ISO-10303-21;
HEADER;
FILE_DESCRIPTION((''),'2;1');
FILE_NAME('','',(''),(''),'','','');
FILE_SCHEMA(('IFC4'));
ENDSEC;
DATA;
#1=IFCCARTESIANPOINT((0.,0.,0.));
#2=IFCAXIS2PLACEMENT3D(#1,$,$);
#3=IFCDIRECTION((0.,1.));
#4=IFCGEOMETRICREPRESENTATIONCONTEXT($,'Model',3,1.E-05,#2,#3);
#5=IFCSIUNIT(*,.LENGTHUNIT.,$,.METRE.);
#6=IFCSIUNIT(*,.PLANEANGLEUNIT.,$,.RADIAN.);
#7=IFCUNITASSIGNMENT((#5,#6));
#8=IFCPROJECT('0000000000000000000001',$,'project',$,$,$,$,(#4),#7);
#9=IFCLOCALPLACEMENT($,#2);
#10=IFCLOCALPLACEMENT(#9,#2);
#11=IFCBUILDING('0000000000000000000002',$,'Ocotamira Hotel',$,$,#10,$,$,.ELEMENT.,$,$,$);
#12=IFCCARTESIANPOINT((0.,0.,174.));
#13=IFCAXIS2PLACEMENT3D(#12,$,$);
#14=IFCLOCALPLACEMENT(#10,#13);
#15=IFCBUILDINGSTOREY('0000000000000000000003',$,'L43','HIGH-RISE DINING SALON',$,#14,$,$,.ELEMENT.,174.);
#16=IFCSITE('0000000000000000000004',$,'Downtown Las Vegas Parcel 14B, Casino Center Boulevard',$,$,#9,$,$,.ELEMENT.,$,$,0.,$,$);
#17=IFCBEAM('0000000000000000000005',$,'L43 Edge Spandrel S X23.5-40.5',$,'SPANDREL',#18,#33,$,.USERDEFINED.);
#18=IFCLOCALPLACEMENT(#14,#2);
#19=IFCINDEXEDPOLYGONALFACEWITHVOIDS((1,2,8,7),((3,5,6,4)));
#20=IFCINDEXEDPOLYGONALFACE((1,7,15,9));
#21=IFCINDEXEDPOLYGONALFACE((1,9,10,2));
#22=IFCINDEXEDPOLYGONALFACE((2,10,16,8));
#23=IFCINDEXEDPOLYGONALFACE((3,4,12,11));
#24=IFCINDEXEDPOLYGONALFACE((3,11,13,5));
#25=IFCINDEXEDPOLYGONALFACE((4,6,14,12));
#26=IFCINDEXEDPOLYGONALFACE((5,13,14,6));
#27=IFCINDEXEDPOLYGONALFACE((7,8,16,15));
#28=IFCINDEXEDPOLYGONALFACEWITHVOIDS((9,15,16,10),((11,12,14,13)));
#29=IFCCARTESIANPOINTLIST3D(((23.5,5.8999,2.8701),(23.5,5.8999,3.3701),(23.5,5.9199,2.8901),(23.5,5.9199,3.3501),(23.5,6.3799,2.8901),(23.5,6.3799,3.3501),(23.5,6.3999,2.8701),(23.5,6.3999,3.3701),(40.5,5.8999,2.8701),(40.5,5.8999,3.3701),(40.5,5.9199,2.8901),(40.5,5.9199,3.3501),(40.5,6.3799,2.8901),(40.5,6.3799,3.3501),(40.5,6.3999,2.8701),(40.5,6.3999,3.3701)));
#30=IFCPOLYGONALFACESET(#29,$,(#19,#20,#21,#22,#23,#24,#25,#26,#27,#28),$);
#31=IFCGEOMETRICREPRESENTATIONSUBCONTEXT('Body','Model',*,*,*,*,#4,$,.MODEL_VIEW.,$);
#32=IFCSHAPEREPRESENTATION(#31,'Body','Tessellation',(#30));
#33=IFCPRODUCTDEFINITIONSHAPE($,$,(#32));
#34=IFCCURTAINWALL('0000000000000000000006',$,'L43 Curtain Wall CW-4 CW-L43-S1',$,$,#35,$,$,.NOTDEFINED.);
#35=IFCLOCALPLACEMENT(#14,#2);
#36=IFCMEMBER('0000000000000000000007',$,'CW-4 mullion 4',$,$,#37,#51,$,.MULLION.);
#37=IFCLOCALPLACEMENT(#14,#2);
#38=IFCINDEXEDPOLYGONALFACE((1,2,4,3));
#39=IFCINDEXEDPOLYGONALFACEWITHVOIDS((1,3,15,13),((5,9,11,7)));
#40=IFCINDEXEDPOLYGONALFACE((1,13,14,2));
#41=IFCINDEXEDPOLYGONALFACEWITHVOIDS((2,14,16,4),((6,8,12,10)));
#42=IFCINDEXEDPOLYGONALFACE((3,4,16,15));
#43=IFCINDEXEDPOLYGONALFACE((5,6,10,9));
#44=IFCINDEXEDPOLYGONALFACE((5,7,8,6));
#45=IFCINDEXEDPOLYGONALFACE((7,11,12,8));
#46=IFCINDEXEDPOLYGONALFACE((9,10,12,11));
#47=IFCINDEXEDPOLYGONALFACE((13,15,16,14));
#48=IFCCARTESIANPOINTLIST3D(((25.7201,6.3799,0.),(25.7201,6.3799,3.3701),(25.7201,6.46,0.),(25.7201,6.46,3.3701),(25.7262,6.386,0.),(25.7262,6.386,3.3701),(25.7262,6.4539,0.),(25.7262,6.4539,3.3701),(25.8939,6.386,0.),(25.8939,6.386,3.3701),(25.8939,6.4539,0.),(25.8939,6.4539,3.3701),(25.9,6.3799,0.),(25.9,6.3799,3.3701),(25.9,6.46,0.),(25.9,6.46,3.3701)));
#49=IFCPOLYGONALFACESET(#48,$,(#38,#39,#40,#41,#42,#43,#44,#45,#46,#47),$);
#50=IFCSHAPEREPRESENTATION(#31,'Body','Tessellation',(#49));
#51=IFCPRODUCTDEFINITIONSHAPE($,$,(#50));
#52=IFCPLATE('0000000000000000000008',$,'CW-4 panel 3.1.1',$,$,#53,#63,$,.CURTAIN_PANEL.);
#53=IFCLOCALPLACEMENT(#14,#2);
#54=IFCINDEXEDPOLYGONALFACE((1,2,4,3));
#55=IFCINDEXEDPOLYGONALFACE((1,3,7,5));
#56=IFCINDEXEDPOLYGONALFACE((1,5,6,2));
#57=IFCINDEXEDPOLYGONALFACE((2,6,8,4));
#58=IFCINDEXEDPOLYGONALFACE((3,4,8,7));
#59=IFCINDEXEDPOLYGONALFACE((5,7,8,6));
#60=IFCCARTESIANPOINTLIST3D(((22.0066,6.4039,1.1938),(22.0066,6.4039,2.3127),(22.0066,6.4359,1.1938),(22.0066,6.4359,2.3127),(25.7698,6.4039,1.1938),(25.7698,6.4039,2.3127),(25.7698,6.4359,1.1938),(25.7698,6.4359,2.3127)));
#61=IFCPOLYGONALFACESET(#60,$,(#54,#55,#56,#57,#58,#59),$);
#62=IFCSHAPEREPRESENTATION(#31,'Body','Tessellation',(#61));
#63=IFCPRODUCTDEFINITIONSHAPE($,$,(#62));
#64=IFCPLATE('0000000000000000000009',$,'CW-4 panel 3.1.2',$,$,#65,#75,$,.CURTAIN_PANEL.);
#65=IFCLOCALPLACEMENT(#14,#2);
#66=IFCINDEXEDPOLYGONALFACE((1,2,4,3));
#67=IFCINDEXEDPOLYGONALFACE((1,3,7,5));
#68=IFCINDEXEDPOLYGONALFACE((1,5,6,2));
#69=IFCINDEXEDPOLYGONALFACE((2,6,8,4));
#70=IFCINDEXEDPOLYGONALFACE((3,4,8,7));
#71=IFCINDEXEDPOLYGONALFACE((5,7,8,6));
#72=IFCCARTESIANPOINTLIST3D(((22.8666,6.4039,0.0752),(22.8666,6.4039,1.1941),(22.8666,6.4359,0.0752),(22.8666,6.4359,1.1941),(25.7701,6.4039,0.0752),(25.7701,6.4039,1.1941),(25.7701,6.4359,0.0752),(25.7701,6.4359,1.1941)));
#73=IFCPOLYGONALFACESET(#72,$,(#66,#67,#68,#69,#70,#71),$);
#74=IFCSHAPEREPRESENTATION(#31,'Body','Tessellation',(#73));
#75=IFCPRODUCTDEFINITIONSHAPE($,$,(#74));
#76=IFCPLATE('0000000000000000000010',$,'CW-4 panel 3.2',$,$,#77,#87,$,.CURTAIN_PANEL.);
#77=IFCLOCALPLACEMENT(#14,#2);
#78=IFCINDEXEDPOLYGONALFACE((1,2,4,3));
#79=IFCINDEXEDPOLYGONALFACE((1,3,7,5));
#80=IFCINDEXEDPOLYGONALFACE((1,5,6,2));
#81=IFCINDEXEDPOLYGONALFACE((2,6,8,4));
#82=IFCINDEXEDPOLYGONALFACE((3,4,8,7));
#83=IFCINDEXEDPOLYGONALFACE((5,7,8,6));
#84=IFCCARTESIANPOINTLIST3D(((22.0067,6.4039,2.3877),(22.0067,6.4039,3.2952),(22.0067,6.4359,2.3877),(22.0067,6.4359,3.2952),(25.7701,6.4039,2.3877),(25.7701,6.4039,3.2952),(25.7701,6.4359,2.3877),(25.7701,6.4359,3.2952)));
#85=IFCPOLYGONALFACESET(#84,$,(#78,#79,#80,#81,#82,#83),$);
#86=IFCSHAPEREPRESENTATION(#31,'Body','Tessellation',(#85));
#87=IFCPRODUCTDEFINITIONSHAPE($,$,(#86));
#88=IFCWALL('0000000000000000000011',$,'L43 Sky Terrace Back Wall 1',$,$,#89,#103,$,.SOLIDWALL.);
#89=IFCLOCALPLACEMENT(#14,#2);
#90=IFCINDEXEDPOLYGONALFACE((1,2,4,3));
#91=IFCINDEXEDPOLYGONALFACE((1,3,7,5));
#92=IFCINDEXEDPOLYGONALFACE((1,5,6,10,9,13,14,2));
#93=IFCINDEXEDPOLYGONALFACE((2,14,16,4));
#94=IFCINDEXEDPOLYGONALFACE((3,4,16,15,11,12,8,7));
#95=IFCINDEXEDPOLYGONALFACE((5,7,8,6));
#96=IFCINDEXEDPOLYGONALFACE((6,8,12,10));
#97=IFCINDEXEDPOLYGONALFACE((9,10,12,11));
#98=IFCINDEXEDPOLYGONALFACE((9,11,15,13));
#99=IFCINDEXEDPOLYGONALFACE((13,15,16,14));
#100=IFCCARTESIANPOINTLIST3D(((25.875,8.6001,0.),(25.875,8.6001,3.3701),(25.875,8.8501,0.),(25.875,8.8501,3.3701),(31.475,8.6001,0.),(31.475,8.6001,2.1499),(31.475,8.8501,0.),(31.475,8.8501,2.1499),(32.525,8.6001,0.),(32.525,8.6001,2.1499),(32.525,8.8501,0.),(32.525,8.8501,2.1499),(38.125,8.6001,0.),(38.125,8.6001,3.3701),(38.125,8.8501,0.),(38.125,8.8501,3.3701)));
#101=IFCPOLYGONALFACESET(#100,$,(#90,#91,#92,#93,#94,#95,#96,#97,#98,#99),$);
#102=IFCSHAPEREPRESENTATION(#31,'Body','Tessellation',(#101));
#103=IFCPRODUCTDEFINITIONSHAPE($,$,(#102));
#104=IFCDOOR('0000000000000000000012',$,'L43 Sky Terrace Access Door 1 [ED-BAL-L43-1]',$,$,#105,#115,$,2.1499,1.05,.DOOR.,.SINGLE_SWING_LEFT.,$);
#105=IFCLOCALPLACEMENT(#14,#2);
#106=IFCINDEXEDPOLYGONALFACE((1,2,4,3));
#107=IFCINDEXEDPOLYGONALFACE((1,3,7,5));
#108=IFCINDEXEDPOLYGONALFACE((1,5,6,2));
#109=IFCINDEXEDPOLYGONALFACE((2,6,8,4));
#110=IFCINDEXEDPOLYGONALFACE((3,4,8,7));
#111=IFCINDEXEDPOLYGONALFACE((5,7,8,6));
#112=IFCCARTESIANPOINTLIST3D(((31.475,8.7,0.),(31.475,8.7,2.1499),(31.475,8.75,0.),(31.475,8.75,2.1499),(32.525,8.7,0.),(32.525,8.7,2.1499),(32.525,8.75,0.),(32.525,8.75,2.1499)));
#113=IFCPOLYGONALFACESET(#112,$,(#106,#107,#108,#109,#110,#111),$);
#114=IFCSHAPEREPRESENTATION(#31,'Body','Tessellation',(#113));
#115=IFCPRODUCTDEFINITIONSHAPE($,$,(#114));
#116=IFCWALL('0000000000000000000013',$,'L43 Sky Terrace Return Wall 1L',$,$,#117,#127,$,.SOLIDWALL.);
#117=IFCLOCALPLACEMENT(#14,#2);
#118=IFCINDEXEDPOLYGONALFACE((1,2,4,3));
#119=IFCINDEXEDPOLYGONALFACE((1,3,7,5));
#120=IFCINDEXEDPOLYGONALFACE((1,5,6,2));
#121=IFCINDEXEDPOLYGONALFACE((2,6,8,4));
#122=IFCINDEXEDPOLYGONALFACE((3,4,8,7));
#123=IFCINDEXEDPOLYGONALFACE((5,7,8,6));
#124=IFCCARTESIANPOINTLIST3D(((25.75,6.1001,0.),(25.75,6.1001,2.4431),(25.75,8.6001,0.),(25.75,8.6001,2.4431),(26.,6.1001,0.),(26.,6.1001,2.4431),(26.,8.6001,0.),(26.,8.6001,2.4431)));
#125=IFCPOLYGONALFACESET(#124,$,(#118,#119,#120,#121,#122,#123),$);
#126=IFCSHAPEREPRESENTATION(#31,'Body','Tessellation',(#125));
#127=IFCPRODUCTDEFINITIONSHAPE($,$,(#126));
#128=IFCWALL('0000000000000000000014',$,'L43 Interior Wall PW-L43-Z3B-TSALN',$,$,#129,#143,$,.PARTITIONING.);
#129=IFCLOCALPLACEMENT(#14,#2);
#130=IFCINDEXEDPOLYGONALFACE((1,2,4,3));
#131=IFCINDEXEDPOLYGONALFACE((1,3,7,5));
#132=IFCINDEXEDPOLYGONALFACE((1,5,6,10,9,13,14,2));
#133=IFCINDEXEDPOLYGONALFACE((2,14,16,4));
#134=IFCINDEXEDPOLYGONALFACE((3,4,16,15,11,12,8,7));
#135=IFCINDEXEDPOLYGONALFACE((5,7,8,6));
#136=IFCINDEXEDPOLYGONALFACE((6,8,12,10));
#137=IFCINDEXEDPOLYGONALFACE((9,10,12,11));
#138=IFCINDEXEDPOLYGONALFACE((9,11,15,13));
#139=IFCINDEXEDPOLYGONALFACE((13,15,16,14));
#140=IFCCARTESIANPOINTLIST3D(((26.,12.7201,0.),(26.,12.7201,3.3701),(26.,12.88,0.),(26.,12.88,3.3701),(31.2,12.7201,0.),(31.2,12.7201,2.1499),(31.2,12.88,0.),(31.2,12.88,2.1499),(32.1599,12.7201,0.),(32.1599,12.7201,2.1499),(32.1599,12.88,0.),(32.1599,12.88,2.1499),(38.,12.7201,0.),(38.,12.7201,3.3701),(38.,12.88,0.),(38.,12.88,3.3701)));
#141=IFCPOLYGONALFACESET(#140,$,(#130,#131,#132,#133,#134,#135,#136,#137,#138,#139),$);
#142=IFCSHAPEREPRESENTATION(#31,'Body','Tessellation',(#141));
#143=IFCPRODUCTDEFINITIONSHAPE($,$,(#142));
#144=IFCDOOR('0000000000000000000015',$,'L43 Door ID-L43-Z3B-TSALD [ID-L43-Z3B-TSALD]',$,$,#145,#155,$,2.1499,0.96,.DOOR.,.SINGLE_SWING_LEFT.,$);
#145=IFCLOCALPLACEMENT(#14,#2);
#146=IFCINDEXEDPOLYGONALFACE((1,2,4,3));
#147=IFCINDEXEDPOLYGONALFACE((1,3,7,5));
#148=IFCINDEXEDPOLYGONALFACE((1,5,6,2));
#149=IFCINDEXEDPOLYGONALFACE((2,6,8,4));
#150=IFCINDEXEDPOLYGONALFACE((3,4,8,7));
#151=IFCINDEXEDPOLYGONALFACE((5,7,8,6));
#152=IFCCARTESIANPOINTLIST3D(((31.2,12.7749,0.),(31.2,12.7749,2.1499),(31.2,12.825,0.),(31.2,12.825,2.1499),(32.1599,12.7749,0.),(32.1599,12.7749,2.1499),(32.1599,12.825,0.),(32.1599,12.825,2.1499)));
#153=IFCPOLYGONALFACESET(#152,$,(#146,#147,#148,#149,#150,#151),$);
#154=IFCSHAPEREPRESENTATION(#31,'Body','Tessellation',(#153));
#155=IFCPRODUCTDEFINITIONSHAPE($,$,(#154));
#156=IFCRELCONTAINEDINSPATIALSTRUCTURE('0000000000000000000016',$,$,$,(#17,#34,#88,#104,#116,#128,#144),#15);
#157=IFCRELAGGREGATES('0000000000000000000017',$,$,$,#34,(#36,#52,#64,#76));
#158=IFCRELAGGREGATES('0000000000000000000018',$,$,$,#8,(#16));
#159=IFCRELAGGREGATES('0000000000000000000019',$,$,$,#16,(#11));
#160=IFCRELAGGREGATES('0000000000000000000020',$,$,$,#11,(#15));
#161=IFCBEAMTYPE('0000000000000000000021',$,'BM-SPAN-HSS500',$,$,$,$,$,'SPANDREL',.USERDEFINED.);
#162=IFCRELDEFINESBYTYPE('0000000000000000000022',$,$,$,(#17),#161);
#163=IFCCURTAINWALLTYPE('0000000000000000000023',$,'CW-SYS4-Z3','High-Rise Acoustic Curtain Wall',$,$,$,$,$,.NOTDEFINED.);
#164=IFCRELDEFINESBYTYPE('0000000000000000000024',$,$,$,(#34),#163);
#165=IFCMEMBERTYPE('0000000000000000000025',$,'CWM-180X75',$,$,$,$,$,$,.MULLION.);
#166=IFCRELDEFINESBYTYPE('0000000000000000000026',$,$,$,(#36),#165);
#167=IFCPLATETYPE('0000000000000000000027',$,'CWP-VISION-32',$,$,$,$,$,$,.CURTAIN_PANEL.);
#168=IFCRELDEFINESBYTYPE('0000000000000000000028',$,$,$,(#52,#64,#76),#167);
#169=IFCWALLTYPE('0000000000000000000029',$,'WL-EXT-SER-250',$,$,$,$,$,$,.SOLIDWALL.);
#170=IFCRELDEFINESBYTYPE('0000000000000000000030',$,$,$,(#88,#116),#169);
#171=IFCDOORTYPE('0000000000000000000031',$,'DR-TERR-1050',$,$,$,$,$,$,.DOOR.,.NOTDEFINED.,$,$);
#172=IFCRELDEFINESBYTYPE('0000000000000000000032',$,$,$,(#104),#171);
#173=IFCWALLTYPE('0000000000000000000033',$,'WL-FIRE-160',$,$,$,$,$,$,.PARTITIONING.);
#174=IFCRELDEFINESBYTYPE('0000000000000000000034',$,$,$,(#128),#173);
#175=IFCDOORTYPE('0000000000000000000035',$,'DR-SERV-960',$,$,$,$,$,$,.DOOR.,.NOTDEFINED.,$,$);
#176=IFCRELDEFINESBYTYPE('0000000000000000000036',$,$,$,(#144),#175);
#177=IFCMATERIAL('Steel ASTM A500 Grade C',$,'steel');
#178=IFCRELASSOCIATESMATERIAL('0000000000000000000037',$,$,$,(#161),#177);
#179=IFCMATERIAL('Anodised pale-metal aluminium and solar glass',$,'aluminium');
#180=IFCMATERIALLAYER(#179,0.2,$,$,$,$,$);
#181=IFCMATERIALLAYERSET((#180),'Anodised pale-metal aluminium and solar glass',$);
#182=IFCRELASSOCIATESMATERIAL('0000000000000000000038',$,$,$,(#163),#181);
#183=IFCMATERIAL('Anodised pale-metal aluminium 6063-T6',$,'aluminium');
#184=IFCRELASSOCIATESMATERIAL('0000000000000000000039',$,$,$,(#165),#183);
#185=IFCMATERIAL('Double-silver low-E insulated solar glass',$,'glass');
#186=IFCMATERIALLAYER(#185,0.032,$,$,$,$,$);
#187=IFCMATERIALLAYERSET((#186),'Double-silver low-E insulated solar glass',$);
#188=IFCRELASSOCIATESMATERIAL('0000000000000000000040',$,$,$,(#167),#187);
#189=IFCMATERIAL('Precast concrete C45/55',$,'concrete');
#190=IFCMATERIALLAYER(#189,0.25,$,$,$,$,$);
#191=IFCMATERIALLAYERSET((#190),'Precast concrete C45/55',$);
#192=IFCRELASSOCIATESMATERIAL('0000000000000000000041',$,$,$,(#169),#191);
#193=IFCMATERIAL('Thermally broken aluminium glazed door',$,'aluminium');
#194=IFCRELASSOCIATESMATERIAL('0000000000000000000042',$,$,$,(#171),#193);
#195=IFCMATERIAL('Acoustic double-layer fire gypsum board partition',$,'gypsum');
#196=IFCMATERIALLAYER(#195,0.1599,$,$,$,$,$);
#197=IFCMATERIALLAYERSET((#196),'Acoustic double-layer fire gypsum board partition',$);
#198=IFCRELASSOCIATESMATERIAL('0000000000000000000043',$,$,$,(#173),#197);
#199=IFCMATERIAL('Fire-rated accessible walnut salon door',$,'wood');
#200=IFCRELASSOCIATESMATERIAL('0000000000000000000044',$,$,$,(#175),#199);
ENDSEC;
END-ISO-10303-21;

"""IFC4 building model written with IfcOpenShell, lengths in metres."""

from ifc_helpers import new_model, si_unit, direction, frame, frame_2d, origin, origin_2d, place, context, subcontext, project, spatial, rectangle, hollow_rectangle, extrude, source, transform, mapped, material, layer, layer_set, material_profile, profile_set, type_object, element, fill, aggregate, save


model = new_model("IFC4")

# Units and contexts
model_context = context("Model", 3, precision=1e-05, world=origin(), true_north=direction((0.0, 1.0)))
body_context = subcontext(model_context, "Body", "Model", "MODEL_VIEW")
ifc_project = project(units=[si_unit("LENGTHUNIT", "METRE"), si_unit("PLANEANGLEUNIT", "RADIAN")], contexts=[model_context])

# Site, building, storey
site_placement = place(None, origin())
site = spatial("IfcSite", under=ifc_project, at=site_placement, Name="Downtown Las Vegas Parcel 14B, Casino Center Boulevard", CompositionType="ELEMENT", RefElevation=0.0)
building_placement = place(site_placement, origin())
building = spatial("IfcBuilding", under=site, at=building_placement, Name="Ocotamira Hotel", CompositionType="ELEMENT")
storey_placement = place(building_placement, frame((0.0, 0.0, 174.0)))
storey = spatial("IfcBuildingStorey", under=building, at=storey_placement, Name="L43", Description="HIGH-RISE DINING SALON", CompositionType="ELEMENT", Elevation=174.0)

# Beam
ifc_material_1 = material(Name="Steel ASTM A500 Grade C", Category="steel")
ifc_material_profile_1 = material_profile(ifc_material_1, hollow_rectangle(XDim=0.5, YDim=0.5, WallThickness=0.02, at=origin_2d()), Name="HSS500X500X20")
ifc_profile_set_1 = profile_set([ifc_material_profile_1], Name="Steel ASTM A500 Grade C")
beam_type = type_object("IfcBeamType", Name="BM-SPAN-HSS500", ElementType="SPANDREL", PredefinedType="USERDEFINED", material=ifc_profile_set_1)
shared_shape_1 = source(origin(), body_context, "Body", "SweptSolid", [
    extrude(hollow_rectangle(XDim=0.5, YDim=0.5, WallThickness=0.02, at=origin_2d()), origin(), (0.0, 0.0, 1.0), 17.0),
])
beam_placement = place(storey_placement, frame((23.5, 6.1499, 3.1201), z_axis=(1.0, 0.0, 0.0), x_axis=(0.0, 1.0, 0.0)))
element("IfcBeam", 1, at=beam_placement, inside=storey, type_object=beam_type, Name="L43 Edge Spandrel S X23.5-40.5", ObjectType="SPANDREL", PredefinedType="USERDEFINED", context=body_context, shape_type="MappedRepresentation", body=[
    mapped(shared_shape_1, transform((0.0, 0.0, 0.0), scale=1.0)),
])

# Curtain wall, member, plates
ifc_material_2 = material(Name="Anodised pale-metal aluminium and solar glass", Category="aluminium")
ifc_layer_1 = layer(ifc_material_2, 0.2)
ifc_layer_set_1 = layer_set([ifc_layer_1], Name="Anodised pale-metal aluminium and solar glass")
curtain_wall_type = type_object("IfcCurtainWallType", Name="CW-SYS4-Z3", Description="High-Rise Acoustic Curtain Wall", PredefinedType="NOTDEFINED", material=ifc_layer_set_1)
curtain_wall_placement = place(storey_placement, origin())
curtain_wall = element("IfcCurtainWall", 2, at=curtain_wall_placement, inside=storey, type_object=curtain_wall_type, Name="L43 Curtain Wall CW-4 CW-L43-S1", PredefinedType="NOTDEFINED")
ifc_material_3 = material(Name="Anodised pale-metal aluminium 6063-T6", Category="aluminium")
ifc_material_profile_2 = material_profile(ifc_material_3, hollow_rectangle(XDim=0.0801, YDim=0.1799, WallThickness=0.0061, at=origin_2d()), Name="HSS180X80X6")
ifc_profile_set_2 = profile_set([ifc_material_profile_2], Name="Anodised pale-metal aluminium 6063-T6")
member_type = type_object("IfcMemberType", Name="CWM-180X75", PredefinedType="MULLION", material=ifc_profile_set_2)
shared_shape_2 = source(origin(), body_context, "Body", "SweptSolid", [
    extrude(hollow_rectangle(XDim=0.0801, YDim=0.1799, WallThickness=0.0061, at=origin_2d()), origin(), (0.0, 0.0, 1.0), 3.3701),
])
member_placement = place(storey_placement, frame((25.8101, 6.4199, 0.0), z_axis=(0.0, 0.0, 1.0), x_axis=(0.0, 1.0, 0.0)))
member = element("IfcMember", 3, at=member_placement, type_object=member_type, Name="CW-4 mullion 4", PredefinedType="MULLION", context=body_context, shape_type="MappedRepresentation", body=[
    mapped(shared_shape_2, transform((0.0, 0.0, 0.0), scale=1.0)),
])
ifc_material_4 = material(Name="Double-silver low-E insulated solar glass", Category="glass")
ifc_layer_2 = layer(ifc_material_4, 0.032)
ifc_layer_set_2 = layer_set([ifc_layer_2], Name="Double-silver low-E insulated solar glass")
plate_type = type_object("IfcPlateType", Name="CWP-VISION-32", PredefinedType="CURTAIN_PANEL", material=ifc_layer_set_2)
shared_shape_3 = source(origin(), body_context, "Body", "SweptSolid", [
    extrude(rectangle(XDim=3.7632, YDim=0.032, at=origin_2d()), origin(), (0.0, 0.0, 1.0), 1.1189),
])
plate_1_placement = place(storey_placement, frame((23.8882, 6.4199, 1.1938), z_axis=(0.0, 0.0, 1.0), x_axis=(1.0, 0.0, 0.0)))
plate_1 = element("IfcPlate", 4, at=plate_1_placement, type_object=plate_type, Name="CW-4 panel 3.1.1", PredefinedType="CURTAIN_PANEL", context=body_context, shape_type="MappedRepresentation", body=[
    mapped(shared_shape_3, transform((0.0, 0.0, 0.0), scale=1.0)),
])
shared_shape_4 = source(origin(), body_context, "Body", "SweptSolid", [
    extrude(rectangle(XDim=2.9036, YDim=0.032, at=origin_2d()), origin(), (0.0, 0.0, 1.0), 1.1189),
])
plate_2_placement = place(storey_placement, frame((24.3184, 6.4199, 0.0752), z_axis=(0.0, 0.0, 1.0), x_axis=(1.0, 0.0, 0.0)))
plate_2 = element("IfcPlate", 5, at=plate_2_placement, type_object=plate_type, Name="CW-4 panel 3.1.2", PredefinedType="CURTAIN_PANEL", context=body_context, shape_type="MappedRepresentation", body=[
    mapped(shared_shape_4, transform((0.0, 0.0, 0.0), scale=1.0)),
])
shared_shape_5 = source(origin(), body_context, "Body", "SweptSolid", [
    extrude(rectangle(XDim=3.7634, YDim=0.032, at=origin_2d()), origin(), (0.0, 0.0, 1.0), 0.9075),
])
plate_3_placement = place(storey_placement, frame((23.8884, 6.4199, 2.3877), z_axis=(0.0, 0.0, 1.0), x_axis=(1.0, 0.0, 0.0)))
plate_3 = element("IfcPlate", 6, at=plate_3_placement, type_object=plate_type, Name="CW-4 panel 3.2", PredefinedType="CURTAIN_PANEL", context=body_context, shape_type="MappedRepresentation", body=[
    mapped(shared_shape_5, transform((0.0, 0.0, 0.0), scale=1.0)),
])
aggregate(curtain_wall, [member, plate_1, plate_2, plate_3])

# Wall, opening, door
ifc_material_5 = material(Name="Precast concrete C45/55", Category="concrete")
ifc_layer_3 = layer(ifc_material_5, 0.25)
ifc_layer_set_3 = layer_set([ifc_layer_3], Name="Precast concrete C45/55")
wall_type_1 = type_object("IfcWallType", Name="WL-EXT-SER-250", PredefinedType="SOLIDWALL", material=ifc_layer_set_3)
wall_1_placement = place(storey_placement, frame((25.875, 8.7251, 0.0), z_axis=(0.0, 0.0, 1.0), x_axis=(1.0, 0.0, 0.0)))
wall_1 = element("IfcWall", 7, at=wall_1_placement, inside=storey, type_object=wall_type_1, Name="L43 Sky Terrace Back Wall 1", PredefinedType="SOLIDWALL", context=body_context, shape_type="SweptSolid", body=[
    extrude(rectangle(XDim=12.25, YDim=0.25, at=frame_2d((6.125, 0.0))), origin(), (0.0, 0.0, 1.0), 3.3701),
])
opening_1_placement = place(wall_1_placement, frame((5.6001, 0.0, 0.0)))
opening_1 = element("IfcOpeningElement", 8, at=opening_1_placement, cuts=wall_1, PredefinedType="OPENING", context=body_context, shape_type="SweptSolid", body=[
    extrude(rectangle(XDim=1.05, YDim=2.1499, at=frame_2d((0.5249, 1.075))), frame((0.0, 0.135, 0.0), z_axis=(0.0, -1.0, 0.0), x_axis=(1.0, 0.0, 0.0)), (0.0, 0.0, 1.0), 0.27),
])
ifc_material_6 = material(Name="Thermally broken aluminium glazed door", Category="aluminium")
door_type_1 = type_object("IfcDoorType", Name="DR-TERR-1050", OperationType="NOTDEFINED", PredefinedType="DOOR", material=ifc_material_6)
shared_shape_6 = source(origin(), body_context, "Body", "SweptSolid", [
    extrude(rectangle(XDim=1.05, YDim=2.1499, at=frame_2d((0.5249, 1.075))), frame((0.0, 0.0249, 0.0), z_axis=(0.0, -1.0, 0.0), x_axis=(1.0, 0.0, 0.0)), (0.0, 0.0, 1.0), 0.05),
])
door_1_placement = place(opening_1_placement, origin())
door_1 = element("IfcDoor", 9, at=door_1_placement, inside=storey, type_object=door_type_1, Name="L43 Sky Terrace Access Door 1 [ED-BAL-L43-1]", OperationType="SINGLE_SWING_LEFT", OverallHeight=2.1499, OverallWidth=1.05, PredefinedType="DOOR", context=body_context, shape_type="MappedRepresentation", body=[
    mapped(shared_shape_6, transform((0.0, 0.0, 0.0), scale=1.0)),
])
fill(opening_1, door_1)

# Wall
wall_2_placement = place(storey_placement, frame((25.875, 6.1001, 0.0), z_axis=(0.0, 0.0, 1.0), x_axis=(0.0, 1.0, 0.0)))
element("IfcWall", 10, at=wall_2_placement, inside=storey, type_object=wall_type_1, Name="L43 Sky Terrace Return Wall 1L", PredefinedType="SOLIDWALL", context=body_context, shape_type="SweptSolid", body=[
    extrude(rectangle(XDim=2.5, YDim=0.25, at=frame_2d((1.25, 0.0))), origin(), (0.0, 0.0, 1.0), 2.4431),
])

# Wall, opening, door
ifc_material_7 = material(Name="Acoustic double-layer fire gypsum board partition", Category="gypsum")
ifc_layer_4 = layer(ifc_material_7, 0.1599)
ifc_layer_set_4 = layer_set([ifc_layer_4], Name="Acoustic double-layer fire gypsum board partition")
wall_type_2 = type_object("IfcWallType", Name="WL-FIRE-160", PredefinedType="PARTITIONING", material=ifc_layer_set_4)
wall_3_placement = place(storey_placement, frame((26.0, 12.8, 0.0), z_axis=(0.0, 0.0, 1.0), x_axis=(1.0, 0.0, 0.0)))
wall_3 = element("IfcWall", 11, at=wall_3_placement, inside=storey, type_object=wall_type_2, Name="L43 Interior Wall PW-L43-Z3B-TSALN", PredefinedType="PARTITIONING", context=body_context, shape_type="SweptSolid", body=[
    extrude(rectangle(XDim=12.0, YDim=0.1599, at=frame_2d((6.0, 0.0))), origin(), (0.0, 0.0, 1.0), 3.3701),
])
opening_2_placement = place(wall_3_placement, frame((5.2, 0.0, 0.0)))
opening_2 = element("IfcOpeningElement", 12, at=opening_2_placement, cuts=wall_3, PredefinedType="OPENING", context=body_context, shape_type="SweptSolid", body=[
    extrude(rectangle(XDim=0.96, YDim=2.1499, at=frame_2d((0.48, 1.075))), frame((0.0, 0.0898, 0.0), z_axis=(0.0, -1.0, 0.0), x_axis=(1.0, 0.0, 0.0)), (0.0, 0.0, 1.0), 0.1799),
])
ifc_material_8 = material(Name="Fire-rated accessible walnut salon door", Category="wood")
door_type_2 = type_object("IfcDoorType", Name="DR-SERV-960", OperationType="NOTDEFINED", PredefinedType="DOOR", material=ifc_material_8)
shared_shape_7 = source(origin(), body_context, "Body", "SweptSolid", [
    extrude(rectangle(XDim=0.96, YDim=2.1499, at=frame_2d((0.48, 1.075))), frame((0.0, 0.0249, 0.0), z_axis=(0.0, -1.0, 0.0), x_axis=(1.0, 0.0, 0.0)), (0.0, 0.0, 1.0), 0.05),
])
door_2_placement = place(opening_2_placement, origin())
door_2 = element("IfcDoor", 13, at=door_2_placement, inside=storey, type_object=door_type_2, Name="L43 Door ID-L43-Z3B-TSALD [ID-L43-Z3B-TSALD]", OperationType="SINGLE_SWING_LEFT", OverallHeight=2.1499, OverallWidth=0.96, PredefinedType="DOOR", context=body_context, shape_type="MappedRepresentation", body=[
    mapped(shared_shape_7, transform((0.0, 0.0, 0.0), scale=1.0)),
])
fill(opening_2, door_2)

save(model, "model.ifc")
